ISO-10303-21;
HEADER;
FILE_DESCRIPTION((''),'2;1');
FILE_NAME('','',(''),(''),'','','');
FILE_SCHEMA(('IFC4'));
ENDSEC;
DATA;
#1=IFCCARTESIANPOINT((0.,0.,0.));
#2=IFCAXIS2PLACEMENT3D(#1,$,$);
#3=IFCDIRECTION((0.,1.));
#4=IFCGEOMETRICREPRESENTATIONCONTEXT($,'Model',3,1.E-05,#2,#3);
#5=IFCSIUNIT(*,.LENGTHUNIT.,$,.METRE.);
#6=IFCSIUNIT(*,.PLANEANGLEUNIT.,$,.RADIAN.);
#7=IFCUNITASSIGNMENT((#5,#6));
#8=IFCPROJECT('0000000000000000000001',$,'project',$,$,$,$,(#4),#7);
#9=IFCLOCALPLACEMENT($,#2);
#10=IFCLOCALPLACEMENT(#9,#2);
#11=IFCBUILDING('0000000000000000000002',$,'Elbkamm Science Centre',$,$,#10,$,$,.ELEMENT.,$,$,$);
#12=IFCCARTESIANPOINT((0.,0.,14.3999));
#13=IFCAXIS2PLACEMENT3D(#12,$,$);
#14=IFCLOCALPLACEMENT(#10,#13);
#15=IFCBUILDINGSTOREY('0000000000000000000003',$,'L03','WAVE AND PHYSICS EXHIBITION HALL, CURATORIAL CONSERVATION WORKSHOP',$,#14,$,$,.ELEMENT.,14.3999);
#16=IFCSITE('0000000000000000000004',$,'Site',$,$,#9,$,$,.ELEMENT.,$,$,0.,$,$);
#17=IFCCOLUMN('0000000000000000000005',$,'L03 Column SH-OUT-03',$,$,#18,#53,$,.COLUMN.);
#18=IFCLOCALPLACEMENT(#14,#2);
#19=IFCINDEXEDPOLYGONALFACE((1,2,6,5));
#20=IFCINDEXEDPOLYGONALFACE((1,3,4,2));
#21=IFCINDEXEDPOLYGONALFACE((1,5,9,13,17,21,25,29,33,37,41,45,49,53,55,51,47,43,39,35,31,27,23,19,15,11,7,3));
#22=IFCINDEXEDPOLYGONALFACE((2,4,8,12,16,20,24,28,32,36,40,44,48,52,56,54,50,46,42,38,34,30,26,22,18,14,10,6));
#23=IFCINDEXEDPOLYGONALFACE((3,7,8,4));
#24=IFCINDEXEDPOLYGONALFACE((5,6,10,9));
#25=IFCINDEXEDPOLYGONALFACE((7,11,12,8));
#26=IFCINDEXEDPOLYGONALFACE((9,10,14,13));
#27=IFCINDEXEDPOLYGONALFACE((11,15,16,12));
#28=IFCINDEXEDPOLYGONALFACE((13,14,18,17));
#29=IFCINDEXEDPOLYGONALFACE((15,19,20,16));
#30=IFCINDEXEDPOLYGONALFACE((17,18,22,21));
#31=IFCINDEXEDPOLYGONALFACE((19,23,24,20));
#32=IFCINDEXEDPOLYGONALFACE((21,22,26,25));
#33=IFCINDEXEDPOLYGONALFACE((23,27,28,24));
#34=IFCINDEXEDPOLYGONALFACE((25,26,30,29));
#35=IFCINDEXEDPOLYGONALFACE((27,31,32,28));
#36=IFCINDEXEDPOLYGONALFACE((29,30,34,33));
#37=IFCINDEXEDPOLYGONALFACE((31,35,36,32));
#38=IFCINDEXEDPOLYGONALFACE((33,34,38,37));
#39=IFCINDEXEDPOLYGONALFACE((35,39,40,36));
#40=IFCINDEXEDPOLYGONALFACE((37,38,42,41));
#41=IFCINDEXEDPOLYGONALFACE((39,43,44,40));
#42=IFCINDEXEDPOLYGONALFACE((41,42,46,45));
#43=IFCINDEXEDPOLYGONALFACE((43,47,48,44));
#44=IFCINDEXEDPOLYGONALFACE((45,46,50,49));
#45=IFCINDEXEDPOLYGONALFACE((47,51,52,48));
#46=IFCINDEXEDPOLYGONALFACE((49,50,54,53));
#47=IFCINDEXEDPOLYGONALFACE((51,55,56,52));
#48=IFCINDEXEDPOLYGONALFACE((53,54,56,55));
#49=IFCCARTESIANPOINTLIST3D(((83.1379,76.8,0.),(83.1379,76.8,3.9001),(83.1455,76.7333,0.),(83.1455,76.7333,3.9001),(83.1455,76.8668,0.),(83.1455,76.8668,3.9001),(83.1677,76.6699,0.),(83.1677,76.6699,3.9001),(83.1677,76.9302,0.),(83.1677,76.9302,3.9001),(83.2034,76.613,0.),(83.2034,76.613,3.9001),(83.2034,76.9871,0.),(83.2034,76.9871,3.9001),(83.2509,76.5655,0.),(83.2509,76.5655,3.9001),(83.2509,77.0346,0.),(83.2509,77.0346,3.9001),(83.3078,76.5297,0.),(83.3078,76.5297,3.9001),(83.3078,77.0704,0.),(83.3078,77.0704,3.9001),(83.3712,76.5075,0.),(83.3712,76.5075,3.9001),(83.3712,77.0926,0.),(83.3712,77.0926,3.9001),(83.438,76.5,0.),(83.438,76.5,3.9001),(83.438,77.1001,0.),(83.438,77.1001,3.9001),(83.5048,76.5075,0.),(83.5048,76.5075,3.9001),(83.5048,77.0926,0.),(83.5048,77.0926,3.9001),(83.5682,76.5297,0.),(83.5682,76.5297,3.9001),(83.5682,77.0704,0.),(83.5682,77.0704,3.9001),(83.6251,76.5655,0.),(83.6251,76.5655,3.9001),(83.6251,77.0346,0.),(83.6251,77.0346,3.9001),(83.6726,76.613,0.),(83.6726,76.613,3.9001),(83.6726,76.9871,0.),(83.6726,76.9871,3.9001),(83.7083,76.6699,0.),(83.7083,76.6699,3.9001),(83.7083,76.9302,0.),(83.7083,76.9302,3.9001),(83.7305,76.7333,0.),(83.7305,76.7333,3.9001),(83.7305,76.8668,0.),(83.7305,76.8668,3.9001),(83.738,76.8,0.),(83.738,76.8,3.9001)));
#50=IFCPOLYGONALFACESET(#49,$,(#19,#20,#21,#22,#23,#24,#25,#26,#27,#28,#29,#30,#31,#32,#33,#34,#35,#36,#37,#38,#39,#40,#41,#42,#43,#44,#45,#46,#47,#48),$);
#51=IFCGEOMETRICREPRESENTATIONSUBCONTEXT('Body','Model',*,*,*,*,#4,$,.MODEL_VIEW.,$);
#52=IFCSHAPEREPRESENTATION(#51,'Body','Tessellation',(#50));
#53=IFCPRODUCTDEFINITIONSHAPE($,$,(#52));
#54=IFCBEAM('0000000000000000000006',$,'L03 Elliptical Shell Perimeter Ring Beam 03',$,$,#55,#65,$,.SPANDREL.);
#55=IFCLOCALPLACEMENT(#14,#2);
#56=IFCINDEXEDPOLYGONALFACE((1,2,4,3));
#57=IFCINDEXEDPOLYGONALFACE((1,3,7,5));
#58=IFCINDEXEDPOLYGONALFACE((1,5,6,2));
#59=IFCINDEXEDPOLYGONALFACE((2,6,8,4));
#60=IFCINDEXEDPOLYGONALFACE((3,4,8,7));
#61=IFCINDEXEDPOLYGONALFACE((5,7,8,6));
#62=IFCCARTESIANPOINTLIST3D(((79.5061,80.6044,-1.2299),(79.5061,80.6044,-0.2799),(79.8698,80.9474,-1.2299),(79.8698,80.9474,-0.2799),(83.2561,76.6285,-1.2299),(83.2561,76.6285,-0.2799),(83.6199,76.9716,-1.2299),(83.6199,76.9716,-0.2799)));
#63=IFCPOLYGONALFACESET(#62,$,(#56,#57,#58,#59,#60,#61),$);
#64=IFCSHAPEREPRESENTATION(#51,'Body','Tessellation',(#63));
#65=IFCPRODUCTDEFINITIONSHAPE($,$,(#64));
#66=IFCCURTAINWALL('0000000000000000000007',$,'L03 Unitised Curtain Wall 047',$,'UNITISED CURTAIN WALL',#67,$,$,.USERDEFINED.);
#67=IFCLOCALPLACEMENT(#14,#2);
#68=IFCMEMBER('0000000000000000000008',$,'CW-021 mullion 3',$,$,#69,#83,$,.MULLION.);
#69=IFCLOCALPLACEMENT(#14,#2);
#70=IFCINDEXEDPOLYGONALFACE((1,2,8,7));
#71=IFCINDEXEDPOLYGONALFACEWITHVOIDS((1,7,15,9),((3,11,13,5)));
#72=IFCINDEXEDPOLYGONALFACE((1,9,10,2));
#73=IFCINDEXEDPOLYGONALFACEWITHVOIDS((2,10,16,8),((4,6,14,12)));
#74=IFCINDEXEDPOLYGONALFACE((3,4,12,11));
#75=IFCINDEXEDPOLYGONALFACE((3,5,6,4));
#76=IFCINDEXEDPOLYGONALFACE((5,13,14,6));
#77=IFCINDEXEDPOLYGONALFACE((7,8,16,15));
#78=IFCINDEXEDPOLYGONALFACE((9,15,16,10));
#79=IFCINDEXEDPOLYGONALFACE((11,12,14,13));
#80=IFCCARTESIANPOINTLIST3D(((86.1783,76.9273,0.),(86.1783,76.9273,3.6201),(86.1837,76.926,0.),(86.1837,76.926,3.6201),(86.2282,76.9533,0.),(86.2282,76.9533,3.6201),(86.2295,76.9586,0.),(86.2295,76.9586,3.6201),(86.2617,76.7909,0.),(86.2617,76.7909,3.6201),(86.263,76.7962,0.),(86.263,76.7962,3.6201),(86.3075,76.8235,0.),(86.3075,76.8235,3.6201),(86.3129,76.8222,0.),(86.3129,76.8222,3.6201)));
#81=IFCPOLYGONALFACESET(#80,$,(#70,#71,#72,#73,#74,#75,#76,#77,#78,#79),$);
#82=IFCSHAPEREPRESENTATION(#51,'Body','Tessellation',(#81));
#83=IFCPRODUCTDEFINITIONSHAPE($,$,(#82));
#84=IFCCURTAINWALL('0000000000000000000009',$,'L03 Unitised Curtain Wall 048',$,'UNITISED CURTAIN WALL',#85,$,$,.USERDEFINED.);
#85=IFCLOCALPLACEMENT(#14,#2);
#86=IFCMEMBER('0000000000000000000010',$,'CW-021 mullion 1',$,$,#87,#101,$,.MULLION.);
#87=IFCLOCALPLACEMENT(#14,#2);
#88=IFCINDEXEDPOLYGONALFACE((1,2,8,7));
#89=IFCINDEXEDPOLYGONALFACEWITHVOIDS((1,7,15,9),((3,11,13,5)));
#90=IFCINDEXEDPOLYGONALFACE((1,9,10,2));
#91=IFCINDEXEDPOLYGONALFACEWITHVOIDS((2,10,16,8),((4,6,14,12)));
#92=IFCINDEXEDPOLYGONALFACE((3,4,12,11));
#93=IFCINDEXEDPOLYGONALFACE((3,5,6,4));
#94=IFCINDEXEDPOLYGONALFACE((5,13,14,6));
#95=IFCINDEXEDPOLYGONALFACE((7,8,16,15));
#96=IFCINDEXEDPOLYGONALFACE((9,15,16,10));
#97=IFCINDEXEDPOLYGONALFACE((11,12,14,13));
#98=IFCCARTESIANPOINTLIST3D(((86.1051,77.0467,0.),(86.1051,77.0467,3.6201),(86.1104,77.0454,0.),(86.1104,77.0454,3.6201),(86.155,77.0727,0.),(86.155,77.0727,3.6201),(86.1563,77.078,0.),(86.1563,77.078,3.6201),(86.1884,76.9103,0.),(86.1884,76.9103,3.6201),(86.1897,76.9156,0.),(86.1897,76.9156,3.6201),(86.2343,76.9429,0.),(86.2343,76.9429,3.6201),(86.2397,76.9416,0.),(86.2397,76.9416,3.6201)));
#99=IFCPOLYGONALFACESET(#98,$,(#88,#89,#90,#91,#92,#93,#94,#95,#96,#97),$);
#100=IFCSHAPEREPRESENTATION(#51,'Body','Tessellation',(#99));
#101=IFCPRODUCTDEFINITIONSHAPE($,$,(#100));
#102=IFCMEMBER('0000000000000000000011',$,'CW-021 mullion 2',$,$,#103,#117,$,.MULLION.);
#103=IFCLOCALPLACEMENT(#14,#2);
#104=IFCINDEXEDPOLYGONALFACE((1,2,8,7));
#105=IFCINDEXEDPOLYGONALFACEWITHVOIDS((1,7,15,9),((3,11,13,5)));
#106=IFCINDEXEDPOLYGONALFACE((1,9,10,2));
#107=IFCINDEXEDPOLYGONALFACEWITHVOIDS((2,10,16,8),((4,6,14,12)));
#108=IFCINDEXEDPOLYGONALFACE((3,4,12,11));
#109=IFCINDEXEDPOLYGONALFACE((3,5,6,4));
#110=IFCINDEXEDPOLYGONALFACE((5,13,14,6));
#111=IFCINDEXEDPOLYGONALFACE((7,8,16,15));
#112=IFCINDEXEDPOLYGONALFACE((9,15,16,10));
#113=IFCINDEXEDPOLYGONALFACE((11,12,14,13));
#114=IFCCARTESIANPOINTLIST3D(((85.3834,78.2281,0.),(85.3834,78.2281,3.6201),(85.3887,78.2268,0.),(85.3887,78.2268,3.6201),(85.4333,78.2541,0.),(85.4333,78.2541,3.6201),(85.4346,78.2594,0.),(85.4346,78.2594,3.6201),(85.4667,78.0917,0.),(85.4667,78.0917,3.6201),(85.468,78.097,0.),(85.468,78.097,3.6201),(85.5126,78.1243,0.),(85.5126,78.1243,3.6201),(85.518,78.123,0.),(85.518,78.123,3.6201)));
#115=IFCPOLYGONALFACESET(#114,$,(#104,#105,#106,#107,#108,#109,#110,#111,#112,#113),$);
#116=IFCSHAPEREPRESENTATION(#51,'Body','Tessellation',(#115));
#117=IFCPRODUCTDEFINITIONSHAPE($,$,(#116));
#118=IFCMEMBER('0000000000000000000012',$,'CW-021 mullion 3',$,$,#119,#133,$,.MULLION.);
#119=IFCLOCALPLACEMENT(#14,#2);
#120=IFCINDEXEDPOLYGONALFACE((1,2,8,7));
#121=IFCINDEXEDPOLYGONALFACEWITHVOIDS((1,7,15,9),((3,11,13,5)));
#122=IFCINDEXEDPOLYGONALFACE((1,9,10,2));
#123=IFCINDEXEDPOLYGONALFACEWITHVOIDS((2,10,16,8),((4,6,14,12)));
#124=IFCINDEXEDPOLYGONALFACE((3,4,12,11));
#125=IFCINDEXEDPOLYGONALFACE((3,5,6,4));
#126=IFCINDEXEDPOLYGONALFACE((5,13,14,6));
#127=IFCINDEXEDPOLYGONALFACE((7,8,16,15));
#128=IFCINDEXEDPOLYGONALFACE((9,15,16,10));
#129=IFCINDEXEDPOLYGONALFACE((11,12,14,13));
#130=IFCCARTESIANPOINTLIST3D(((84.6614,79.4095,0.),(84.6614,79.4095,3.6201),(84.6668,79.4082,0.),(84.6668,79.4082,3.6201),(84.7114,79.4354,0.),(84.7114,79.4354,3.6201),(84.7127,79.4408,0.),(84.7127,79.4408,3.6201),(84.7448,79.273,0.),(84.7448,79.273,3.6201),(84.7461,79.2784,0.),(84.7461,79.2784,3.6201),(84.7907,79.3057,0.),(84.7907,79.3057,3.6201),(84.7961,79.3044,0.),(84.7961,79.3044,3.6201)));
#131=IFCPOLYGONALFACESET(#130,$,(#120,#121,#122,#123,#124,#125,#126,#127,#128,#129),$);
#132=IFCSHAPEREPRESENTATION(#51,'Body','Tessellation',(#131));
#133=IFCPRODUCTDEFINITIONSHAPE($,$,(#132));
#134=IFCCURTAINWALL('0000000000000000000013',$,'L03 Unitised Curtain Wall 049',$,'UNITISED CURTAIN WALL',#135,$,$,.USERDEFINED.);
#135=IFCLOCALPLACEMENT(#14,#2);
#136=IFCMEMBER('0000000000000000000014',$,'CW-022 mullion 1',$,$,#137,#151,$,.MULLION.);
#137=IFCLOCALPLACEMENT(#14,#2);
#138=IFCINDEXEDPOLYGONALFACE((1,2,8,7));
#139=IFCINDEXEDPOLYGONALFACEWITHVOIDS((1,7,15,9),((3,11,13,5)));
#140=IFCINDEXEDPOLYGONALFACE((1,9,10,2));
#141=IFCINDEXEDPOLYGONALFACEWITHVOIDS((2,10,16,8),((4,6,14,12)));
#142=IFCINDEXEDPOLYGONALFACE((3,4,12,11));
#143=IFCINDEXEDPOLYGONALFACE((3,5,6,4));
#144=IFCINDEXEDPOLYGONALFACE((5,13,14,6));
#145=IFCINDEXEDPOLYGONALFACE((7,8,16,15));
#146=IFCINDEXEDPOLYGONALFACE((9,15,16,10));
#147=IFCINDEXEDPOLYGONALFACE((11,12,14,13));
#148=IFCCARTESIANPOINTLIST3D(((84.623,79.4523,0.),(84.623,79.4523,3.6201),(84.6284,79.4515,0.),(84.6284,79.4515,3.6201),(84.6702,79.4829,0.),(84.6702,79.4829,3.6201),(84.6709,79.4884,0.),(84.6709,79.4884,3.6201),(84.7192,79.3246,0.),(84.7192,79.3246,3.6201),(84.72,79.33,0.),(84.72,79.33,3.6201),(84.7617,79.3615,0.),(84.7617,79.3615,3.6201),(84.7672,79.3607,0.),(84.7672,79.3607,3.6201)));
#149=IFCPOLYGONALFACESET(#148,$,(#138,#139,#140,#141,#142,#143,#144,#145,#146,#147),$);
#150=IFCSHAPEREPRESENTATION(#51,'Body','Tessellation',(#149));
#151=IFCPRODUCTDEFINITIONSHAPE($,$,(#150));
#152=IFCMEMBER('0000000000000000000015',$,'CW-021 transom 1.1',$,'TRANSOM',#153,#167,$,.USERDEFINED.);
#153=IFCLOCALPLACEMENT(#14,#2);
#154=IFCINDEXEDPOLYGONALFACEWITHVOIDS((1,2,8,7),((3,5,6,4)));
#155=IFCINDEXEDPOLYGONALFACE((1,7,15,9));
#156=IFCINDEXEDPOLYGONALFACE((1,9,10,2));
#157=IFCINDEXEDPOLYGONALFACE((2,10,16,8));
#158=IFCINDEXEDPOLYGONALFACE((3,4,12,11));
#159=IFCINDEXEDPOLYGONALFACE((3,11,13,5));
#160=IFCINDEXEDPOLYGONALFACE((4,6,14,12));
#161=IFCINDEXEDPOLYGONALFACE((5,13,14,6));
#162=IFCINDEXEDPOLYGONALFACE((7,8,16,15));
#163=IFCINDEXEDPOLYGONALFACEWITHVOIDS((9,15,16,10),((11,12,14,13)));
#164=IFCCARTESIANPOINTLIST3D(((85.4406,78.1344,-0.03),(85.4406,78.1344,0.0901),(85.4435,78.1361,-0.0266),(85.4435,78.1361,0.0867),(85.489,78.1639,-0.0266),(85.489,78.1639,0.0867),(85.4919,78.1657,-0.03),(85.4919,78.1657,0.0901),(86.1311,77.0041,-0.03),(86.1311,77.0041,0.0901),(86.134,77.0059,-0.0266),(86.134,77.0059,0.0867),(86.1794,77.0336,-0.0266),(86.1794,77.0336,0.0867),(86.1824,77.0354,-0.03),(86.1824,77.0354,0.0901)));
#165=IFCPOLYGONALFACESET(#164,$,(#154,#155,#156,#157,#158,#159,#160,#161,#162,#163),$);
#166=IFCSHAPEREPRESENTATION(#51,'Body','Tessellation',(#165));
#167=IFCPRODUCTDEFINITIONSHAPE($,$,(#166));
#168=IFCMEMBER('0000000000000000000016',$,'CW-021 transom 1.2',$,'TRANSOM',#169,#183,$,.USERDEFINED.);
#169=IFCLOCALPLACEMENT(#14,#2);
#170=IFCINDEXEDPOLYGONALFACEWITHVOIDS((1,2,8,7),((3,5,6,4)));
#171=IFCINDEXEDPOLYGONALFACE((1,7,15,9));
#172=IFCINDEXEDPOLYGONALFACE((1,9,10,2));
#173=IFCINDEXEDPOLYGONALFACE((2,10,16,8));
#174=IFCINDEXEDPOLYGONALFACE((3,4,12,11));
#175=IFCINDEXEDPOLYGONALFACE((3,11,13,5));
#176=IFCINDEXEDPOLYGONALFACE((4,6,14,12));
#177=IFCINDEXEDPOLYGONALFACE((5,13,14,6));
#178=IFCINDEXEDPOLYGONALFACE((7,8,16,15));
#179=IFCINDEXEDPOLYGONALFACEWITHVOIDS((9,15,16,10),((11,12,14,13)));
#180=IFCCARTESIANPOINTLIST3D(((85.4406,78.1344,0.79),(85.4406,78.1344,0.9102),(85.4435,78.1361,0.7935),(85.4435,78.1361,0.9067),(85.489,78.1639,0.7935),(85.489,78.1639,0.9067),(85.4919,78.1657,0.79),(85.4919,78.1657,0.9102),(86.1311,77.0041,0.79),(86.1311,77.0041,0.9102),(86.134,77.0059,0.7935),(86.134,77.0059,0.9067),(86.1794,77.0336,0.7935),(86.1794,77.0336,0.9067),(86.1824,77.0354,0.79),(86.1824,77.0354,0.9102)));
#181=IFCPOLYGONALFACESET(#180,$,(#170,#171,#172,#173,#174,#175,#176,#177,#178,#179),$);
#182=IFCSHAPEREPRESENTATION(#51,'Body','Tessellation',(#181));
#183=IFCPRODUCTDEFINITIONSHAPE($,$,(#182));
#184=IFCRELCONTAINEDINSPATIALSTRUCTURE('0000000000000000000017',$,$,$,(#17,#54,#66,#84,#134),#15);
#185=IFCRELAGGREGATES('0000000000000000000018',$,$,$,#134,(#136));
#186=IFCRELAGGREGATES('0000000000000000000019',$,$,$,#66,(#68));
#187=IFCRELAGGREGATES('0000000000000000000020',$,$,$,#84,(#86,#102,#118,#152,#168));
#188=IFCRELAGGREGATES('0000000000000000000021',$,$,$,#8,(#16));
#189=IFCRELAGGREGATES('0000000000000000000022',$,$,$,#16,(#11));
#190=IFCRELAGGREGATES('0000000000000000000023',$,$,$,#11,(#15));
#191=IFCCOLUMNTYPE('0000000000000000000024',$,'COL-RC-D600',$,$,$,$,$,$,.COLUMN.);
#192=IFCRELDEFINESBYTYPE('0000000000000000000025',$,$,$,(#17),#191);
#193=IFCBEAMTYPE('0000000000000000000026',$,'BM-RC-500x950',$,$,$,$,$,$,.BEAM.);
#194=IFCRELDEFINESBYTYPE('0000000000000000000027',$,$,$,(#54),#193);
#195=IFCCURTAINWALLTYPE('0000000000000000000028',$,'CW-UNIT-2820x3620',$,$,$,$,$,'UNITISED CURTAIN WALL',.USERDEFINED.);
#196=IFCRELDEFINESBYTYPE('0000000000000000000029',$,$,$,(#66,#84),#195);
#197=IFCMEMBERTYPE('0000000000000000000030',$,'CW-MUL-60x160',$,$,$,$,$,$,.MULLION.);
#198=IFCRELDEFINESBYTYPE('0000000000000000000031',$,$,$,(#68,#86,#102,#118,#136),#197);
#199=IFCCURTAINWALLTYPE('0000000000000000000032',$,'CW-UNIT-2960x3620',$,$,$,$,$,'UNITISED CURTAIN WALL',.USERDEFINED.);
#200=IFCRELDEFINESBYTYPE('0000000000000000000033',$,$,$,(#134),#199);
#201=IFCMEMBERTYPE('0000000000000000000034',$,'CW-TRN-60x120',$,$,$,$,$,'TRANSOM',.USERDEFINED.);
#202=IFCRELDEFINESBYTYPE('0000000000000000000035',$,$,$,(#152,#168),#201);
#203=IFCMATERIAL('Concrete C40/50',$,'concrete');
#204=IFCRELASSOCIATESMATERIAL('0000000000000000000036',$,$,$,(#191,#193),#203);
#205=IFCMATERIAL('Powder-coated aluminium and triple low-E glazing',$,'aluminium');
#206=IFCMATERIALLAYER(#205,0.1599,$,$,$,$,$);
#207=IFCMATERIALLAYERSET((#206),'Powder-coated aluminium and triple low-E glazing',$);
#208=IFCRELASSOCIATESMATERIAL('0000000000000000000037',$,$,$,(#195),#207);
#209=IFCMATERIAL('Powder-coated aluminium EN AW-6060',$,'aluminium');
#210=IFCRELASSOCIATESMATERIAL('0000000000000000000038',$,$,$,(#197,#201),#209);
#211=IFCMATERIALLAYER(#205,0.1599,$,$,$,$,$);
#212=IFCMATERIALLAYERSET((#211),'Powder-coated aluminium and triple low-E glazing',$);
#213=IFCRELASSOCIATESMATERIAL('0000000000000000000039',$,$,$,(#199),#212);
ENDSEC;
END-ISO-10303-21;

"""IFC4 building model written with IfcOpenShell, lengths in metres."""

from ifc_helpers import new_model, si_unit, direction, frame, origin, origin_2d, place, context, subcontext, project, spatial, rectangle, hollow_rectangle, circle, extrude, material, layer, layer_set, material_profile, profile_set, type_object, element, aggregate, save


model = new_model("IFC4")

# Units and contexts
model_context = context("Model", 3, precision=1e-05, world=origin(), true_north=direction((0.0, 1.0)))
body_context = subcontext(model_context, "Body", "Model", "MODEL_VIEW")
ifc_project = project(units=[si_unit("LENGTHUNIT", "METRE"), si_unit("PLANEANGLEUNIT", "RADIAN")], contexts=[model_context])

# Site, building, storey
site_placement = place(None, origin())
site = spatial("IfcSite", under=ifc_project, at=site_placement, Name="Site", CompositionType="ELEMENT", RefElevation=0.0)
building_placement = place(site_placement, origin())
building = spatial("IfcBuilding", under=site, at=building_placement, Name="Elbkamm Science Centre", CompositionType="ELEMENT")
storey_placement = place(building_placement, frame((0.0, 0.0, 14.3999)))
storey = spatial("IfcBuildingStorey", under=building, at=storey_placement, Name="L03", Description="WAVE AND PHYSICS EXHIBITION HALL, CURATORIAL CONSERVATION WORKSHOP", CompositionType="ELEMENT", Elevation=14.3999)

# Column
ifc_material_1 = material(Name="Concrete C40/50", Category="concrete")
ifc_material_profile_1 = material_profile(ifc_material_1, circle(Radius=0.3, at=origin_2d()), Name="RC D600")
ifc_profile_set_1 = profile_set([ifc_material_profile_1], Name="Concrete C40/50")
column_type = type_object("IfcColumnType", Name="COL-RC-D600", PredefinedType="COLUMN", material=ifc_profile_set_1)
column_placement = place(storey_placement, frame((83.438, 76.8, 0.0), z_axis=(0.0, 0.0, 1.0), x_axis=(1.0, 0.0, 0.0)))
element("IfcColumn", 1, at=column_placement, inside=storey, type_object=column_type, Name="L03 Column SH-OUT-03", PredefinedType="COLUMN", context=body_context, shape_type="SweptSolid", body=[
    extrude(circle(Radius=0.3, at=origin_2d()), origin(), (0.0, 0.0, 1.0), 3.9001),
])

# Beam
ifc_material_profile_2 = material_profile(ifc_material_1, rectangle(XDim=0.5, YDim=0.95, at=origin_2d()), Name="RC 500x950")
ifc_profile_set_2 = profile_set([ifc_material_profile_2], Name="Concrete C40/50")
beam_type = type_object("IfcBeamType", Name="BM-RC-500x950", PredefinedType="BEAM", material=ifc_profile_set_2)
beam_placement = place(storey_placement, frame((83.438, 76.8, -0.7549), z_axis=(-0.686145, 0.727465, 0.0), x_axis=(-0.727465, -0.686145, 0.0)))
element("IfcBeam", 2, at=beam_placement, inside=storey, type_object=beam_type, Name="L03 Elliptical Shell Perimeter Ring Beam 03", PredefinedType="SPANDREL", context=body_context, shape_type="SweptSolid", body=[
    extrude(rectangle(XDim=0.5, YDim=0.95, at=origin_2d()), origin(), (0.0, 0.0, 1.0), 5.4653),
])

# Curtain wall, member
ifc_material_2 = material(Name="Powder-coated aluminium and triple low-E glazing", Category="aluminium")
ifc_layer_1 = layer(ifc_material_2, 0.1599)
ifc_layer_set_1 = layer_set([ifc_layer_1], Name="Powder-coated aluminium and triple low-E glazing")
curtain_wall_type_1 = type_object("IfcCurtainWallType", Name="CW-UNIT-2820x3620", ElementType="UNITISED CURTAIN WALL", PredefinedType="USERDEFINED", material=ifc_layer_set_1)
curtain_wall_1_placement = place(storey_placement, origin())
curtain_wall_1 = element("IfcCurtainWall", 3, at=curtain_wall_1_placement, inside=storey, type_object=curtain_wall_type_1, Name="L03 Unitised Curtain Wall 047", ObjectType="UNITISED CURTAIN WALL", PredefinedType="USERDEFINED")
ifc_material_3 = material(Name="Powder-coated aluminium EN AW-6060", Category="aluminium")
ifc_material_profile_3 = material_profile(ifc_material_3, hollow_rectangle(XDim=0.0601, YDim=0.1599, WallThickness=0.0039, at=origin_2d()), Name="ALU M60x160")
ifc_profile_set_3 = profile_set([ifc_material_profile_3], Name="Powder-coated aluminium EN AW-6060")
member_type_1 = type_object("IfcMemberType", Name="CW-MUL-60x160", PredefinedType="MULLION", material=ifc_profile_set_3)
member_1_placement = place(storey_placement, frame((86.2456, 76.8748, 0.0), z_axis=(0.0, 0.0, 1.0), x_axis=(-0.853317, -0.521393, 0.0)))
member_1 = element("IfcMember", 4, at=member_1_placement, type_object=member_type_1, Name="CW-021 mullion 3", PredefinedType="MULLION", context=body_context, shape_type="SweptSolid", body=[
    extrude(hollow_rectangle(XDim=0.0601, YDim=0.1599, WallThickness=0.0039, at=origin_2d()), origin(), (0.0, 0.0, 1.0), 3.6201),
])

# Curtain wall, members
curtain_wall_2_placement = place(storey_placement, origin())
curtain_wall_2 = element("IfcCurtainWall", 5, at=curtain_wall_2_placement, inside=storey, type_object=curtain_wall_type_1, Name="L03 Unitised Curtain Wall 048", ObjectType="UNITISED CURTAIN WALL", PredefinedType="USERDEFINED")
member_2_placement = place(storey_placement, frame((86.1724, 76.9941, 0.0), z_axis=(0.0, 0.0, 1.0), x_axis=(-0.853317, -0.521393, 0.0)))
member_2 = element("IfcMember", 6, at=member_2_placement, type_object=member_type_1, Name="CW-021 mullion 1", PredefinedType="MULLION", context=body_context, shape_type="SweptSolid", body=[
    extrude(hollow_rectangle(XDim=0.0601, YDim=0.1599, WallThickness=0.0039, at=origin_2d()), origin(), (0.0, 0.0, 1.0), 3.6201),
])
member_3_placement = place(storey_placement, frame((85.4507, 78.1755, 0.0), z_axis=(0.0, 0.0, 1.0), x_axis=(-0.853317, -0.521393, 0.0)))
member_3 = element("IfcMember", 7, at=member_3_placement, type_object=member_type_1, Name="CW-021 mullion 2", PredefinedType="MULLION", context=body_context, shape_type="SweptSolid", body=[
    extrude(hollow_rectangle(XDim=0.0601, YDim=0.1599, WallThickness=0.0039, at=origin_2d()), origin(), (0.0, 0.0, 1.0), 3.6201),
])
member_4_placement = place(storey_placement, frame((84.7288, 79.3569, 0.0), z_axis=(0.0, 0.0, 1.0), x_axis=(-0.853317, -0.521393, 0.0)))
member_4 = element("IfcMember", 8, at=member_4_placement, type_object=member_type_1, Name="CW-021 mullion 3", PredefinedType="MULLION", context=body_context, shape_type="SweptSolid", body=[
    extrude(hollow_rectangle(XDim=0.0601, YDim=0.1599, WallThickness=0.0039, at=origin_2d()), origin(), (0.0, 0.0, 1.0), 3.6201),
])

# Curtain wall, member
ifc_layer_2 = layer(ifc_material_2, 0.1599)
ifc_layer_set_2 = layer_set([ifc_layer_2], Name="Powder-coated aluminium and triple low-E glazing")
curtain_wall_type_2 = type_object("IfcCurtainWallType", Name="CW-UNIT-2960x3620", ElementType="UNITISED CURTAIN WALL", PredefinedType="USERDEFINED", material=ifc_layer_set_2)
curtain_wall_3_placement = place(storey_placement, origin())
curtain_wall_3 = element("IfcCurtainWall", 9, at=curtain_wall_3_placement, inside=storey, type_object=curtain_wall_type_2, Name="L03 Unitised Curtain Wall 049", ObjectType="UNITISED CURTAIN WALL", PredefinedType="USERDEFINED")
member_5_placement = place(storey_placement, frame((84.6951, 79.4065, 0.0), z_axis=(0.0, 0.0, 1.0), x_axis=(-0.798586, -0.601881, 0.0)))
member_5 = element("IfcMember", 10, at=member_5_placement, type_object=member_type_1, Name="CW-022 mullion 1", PredefinedType="MULLION", context=body_context, shape_type="SweptSolid", body=[
    extrude(hollow_rectangle(XDim=0.0601, YDim=0.1599, WallThickness=0.0039, at=origin_2d()), origin(), (0.0, 0.0, 1.0), 3.6201),
])
aggregate(curtain_wall_3, [member_5])

# Members
ifc_material_profile_4 = material_profile(ifc_material_3, hollow_rectangle(XDim=0.0601, YDim=0.1201, WallThickness=0.0034, at=origin_2d()), Name="ALU T60x120")
ifc_profile_set_4 = profile_set([ifc_material_profile_4], Name="Powder-coated aluminium EN AW-6060")
member_type_2 = type_object("IfcMemberType", Name="CW-TRN-60x120", ElementType="TRANSOM", PredefinedType="USERDEFINED", material=ifc_profile_set_4)
member_6_placement = place(storey_placement, frame((86.1567, 77.0198, 0.03), z_axis=(-0.521338, 0.85335, 0.0), x_axis=(-0.85335, -0.521338, 0.0)))
member_6 = element("IfcMember", 11, at=member_6_placement, type_object=member_type_2, Name="CW-021 transom 1.1", ObjectType="TRANSOM", PredefinedType="USERDEFINED", context=body_context, shape_type="SweptSolid", body=[
    extrude(hollow_rectangle(XDim=0.0601, YDim=0.1201, WallThickness=0.0034, at=origin_2d()), origin(), (0.0, 0.0, 1.0), 1.3245),
])
member_7_placement = place(storey_placement, frame((86.1567, 77.0198, 0.8501), z_axis=(-0.521338, 0.85335, 0.0), x_axis=(-0.85335, -0.521338, 0.0)))
member_7 = element("IfcMember", 12, at=member_7_placement, type_object=member_type_2, Name="CW-021 transom 1.2", ObjectType="TRANSOM", PredefinedType="USERDEFINED", context=body_context, shape_type="SweptSolid", body=[
    extrude(hollow_rectangle(XDim=0.0601, YDim=0.1201, WallThickness=0.0034, at=origin_2d()), origin(), (0.0, 0.0, 1.0), 1.3245),
])

aggregate(curtain_wall_1, [member_1])
aggregate(curtain_wall_2, [member_2, member_3, member_4, member_6, member_7])

save(model, "model.ifc")
